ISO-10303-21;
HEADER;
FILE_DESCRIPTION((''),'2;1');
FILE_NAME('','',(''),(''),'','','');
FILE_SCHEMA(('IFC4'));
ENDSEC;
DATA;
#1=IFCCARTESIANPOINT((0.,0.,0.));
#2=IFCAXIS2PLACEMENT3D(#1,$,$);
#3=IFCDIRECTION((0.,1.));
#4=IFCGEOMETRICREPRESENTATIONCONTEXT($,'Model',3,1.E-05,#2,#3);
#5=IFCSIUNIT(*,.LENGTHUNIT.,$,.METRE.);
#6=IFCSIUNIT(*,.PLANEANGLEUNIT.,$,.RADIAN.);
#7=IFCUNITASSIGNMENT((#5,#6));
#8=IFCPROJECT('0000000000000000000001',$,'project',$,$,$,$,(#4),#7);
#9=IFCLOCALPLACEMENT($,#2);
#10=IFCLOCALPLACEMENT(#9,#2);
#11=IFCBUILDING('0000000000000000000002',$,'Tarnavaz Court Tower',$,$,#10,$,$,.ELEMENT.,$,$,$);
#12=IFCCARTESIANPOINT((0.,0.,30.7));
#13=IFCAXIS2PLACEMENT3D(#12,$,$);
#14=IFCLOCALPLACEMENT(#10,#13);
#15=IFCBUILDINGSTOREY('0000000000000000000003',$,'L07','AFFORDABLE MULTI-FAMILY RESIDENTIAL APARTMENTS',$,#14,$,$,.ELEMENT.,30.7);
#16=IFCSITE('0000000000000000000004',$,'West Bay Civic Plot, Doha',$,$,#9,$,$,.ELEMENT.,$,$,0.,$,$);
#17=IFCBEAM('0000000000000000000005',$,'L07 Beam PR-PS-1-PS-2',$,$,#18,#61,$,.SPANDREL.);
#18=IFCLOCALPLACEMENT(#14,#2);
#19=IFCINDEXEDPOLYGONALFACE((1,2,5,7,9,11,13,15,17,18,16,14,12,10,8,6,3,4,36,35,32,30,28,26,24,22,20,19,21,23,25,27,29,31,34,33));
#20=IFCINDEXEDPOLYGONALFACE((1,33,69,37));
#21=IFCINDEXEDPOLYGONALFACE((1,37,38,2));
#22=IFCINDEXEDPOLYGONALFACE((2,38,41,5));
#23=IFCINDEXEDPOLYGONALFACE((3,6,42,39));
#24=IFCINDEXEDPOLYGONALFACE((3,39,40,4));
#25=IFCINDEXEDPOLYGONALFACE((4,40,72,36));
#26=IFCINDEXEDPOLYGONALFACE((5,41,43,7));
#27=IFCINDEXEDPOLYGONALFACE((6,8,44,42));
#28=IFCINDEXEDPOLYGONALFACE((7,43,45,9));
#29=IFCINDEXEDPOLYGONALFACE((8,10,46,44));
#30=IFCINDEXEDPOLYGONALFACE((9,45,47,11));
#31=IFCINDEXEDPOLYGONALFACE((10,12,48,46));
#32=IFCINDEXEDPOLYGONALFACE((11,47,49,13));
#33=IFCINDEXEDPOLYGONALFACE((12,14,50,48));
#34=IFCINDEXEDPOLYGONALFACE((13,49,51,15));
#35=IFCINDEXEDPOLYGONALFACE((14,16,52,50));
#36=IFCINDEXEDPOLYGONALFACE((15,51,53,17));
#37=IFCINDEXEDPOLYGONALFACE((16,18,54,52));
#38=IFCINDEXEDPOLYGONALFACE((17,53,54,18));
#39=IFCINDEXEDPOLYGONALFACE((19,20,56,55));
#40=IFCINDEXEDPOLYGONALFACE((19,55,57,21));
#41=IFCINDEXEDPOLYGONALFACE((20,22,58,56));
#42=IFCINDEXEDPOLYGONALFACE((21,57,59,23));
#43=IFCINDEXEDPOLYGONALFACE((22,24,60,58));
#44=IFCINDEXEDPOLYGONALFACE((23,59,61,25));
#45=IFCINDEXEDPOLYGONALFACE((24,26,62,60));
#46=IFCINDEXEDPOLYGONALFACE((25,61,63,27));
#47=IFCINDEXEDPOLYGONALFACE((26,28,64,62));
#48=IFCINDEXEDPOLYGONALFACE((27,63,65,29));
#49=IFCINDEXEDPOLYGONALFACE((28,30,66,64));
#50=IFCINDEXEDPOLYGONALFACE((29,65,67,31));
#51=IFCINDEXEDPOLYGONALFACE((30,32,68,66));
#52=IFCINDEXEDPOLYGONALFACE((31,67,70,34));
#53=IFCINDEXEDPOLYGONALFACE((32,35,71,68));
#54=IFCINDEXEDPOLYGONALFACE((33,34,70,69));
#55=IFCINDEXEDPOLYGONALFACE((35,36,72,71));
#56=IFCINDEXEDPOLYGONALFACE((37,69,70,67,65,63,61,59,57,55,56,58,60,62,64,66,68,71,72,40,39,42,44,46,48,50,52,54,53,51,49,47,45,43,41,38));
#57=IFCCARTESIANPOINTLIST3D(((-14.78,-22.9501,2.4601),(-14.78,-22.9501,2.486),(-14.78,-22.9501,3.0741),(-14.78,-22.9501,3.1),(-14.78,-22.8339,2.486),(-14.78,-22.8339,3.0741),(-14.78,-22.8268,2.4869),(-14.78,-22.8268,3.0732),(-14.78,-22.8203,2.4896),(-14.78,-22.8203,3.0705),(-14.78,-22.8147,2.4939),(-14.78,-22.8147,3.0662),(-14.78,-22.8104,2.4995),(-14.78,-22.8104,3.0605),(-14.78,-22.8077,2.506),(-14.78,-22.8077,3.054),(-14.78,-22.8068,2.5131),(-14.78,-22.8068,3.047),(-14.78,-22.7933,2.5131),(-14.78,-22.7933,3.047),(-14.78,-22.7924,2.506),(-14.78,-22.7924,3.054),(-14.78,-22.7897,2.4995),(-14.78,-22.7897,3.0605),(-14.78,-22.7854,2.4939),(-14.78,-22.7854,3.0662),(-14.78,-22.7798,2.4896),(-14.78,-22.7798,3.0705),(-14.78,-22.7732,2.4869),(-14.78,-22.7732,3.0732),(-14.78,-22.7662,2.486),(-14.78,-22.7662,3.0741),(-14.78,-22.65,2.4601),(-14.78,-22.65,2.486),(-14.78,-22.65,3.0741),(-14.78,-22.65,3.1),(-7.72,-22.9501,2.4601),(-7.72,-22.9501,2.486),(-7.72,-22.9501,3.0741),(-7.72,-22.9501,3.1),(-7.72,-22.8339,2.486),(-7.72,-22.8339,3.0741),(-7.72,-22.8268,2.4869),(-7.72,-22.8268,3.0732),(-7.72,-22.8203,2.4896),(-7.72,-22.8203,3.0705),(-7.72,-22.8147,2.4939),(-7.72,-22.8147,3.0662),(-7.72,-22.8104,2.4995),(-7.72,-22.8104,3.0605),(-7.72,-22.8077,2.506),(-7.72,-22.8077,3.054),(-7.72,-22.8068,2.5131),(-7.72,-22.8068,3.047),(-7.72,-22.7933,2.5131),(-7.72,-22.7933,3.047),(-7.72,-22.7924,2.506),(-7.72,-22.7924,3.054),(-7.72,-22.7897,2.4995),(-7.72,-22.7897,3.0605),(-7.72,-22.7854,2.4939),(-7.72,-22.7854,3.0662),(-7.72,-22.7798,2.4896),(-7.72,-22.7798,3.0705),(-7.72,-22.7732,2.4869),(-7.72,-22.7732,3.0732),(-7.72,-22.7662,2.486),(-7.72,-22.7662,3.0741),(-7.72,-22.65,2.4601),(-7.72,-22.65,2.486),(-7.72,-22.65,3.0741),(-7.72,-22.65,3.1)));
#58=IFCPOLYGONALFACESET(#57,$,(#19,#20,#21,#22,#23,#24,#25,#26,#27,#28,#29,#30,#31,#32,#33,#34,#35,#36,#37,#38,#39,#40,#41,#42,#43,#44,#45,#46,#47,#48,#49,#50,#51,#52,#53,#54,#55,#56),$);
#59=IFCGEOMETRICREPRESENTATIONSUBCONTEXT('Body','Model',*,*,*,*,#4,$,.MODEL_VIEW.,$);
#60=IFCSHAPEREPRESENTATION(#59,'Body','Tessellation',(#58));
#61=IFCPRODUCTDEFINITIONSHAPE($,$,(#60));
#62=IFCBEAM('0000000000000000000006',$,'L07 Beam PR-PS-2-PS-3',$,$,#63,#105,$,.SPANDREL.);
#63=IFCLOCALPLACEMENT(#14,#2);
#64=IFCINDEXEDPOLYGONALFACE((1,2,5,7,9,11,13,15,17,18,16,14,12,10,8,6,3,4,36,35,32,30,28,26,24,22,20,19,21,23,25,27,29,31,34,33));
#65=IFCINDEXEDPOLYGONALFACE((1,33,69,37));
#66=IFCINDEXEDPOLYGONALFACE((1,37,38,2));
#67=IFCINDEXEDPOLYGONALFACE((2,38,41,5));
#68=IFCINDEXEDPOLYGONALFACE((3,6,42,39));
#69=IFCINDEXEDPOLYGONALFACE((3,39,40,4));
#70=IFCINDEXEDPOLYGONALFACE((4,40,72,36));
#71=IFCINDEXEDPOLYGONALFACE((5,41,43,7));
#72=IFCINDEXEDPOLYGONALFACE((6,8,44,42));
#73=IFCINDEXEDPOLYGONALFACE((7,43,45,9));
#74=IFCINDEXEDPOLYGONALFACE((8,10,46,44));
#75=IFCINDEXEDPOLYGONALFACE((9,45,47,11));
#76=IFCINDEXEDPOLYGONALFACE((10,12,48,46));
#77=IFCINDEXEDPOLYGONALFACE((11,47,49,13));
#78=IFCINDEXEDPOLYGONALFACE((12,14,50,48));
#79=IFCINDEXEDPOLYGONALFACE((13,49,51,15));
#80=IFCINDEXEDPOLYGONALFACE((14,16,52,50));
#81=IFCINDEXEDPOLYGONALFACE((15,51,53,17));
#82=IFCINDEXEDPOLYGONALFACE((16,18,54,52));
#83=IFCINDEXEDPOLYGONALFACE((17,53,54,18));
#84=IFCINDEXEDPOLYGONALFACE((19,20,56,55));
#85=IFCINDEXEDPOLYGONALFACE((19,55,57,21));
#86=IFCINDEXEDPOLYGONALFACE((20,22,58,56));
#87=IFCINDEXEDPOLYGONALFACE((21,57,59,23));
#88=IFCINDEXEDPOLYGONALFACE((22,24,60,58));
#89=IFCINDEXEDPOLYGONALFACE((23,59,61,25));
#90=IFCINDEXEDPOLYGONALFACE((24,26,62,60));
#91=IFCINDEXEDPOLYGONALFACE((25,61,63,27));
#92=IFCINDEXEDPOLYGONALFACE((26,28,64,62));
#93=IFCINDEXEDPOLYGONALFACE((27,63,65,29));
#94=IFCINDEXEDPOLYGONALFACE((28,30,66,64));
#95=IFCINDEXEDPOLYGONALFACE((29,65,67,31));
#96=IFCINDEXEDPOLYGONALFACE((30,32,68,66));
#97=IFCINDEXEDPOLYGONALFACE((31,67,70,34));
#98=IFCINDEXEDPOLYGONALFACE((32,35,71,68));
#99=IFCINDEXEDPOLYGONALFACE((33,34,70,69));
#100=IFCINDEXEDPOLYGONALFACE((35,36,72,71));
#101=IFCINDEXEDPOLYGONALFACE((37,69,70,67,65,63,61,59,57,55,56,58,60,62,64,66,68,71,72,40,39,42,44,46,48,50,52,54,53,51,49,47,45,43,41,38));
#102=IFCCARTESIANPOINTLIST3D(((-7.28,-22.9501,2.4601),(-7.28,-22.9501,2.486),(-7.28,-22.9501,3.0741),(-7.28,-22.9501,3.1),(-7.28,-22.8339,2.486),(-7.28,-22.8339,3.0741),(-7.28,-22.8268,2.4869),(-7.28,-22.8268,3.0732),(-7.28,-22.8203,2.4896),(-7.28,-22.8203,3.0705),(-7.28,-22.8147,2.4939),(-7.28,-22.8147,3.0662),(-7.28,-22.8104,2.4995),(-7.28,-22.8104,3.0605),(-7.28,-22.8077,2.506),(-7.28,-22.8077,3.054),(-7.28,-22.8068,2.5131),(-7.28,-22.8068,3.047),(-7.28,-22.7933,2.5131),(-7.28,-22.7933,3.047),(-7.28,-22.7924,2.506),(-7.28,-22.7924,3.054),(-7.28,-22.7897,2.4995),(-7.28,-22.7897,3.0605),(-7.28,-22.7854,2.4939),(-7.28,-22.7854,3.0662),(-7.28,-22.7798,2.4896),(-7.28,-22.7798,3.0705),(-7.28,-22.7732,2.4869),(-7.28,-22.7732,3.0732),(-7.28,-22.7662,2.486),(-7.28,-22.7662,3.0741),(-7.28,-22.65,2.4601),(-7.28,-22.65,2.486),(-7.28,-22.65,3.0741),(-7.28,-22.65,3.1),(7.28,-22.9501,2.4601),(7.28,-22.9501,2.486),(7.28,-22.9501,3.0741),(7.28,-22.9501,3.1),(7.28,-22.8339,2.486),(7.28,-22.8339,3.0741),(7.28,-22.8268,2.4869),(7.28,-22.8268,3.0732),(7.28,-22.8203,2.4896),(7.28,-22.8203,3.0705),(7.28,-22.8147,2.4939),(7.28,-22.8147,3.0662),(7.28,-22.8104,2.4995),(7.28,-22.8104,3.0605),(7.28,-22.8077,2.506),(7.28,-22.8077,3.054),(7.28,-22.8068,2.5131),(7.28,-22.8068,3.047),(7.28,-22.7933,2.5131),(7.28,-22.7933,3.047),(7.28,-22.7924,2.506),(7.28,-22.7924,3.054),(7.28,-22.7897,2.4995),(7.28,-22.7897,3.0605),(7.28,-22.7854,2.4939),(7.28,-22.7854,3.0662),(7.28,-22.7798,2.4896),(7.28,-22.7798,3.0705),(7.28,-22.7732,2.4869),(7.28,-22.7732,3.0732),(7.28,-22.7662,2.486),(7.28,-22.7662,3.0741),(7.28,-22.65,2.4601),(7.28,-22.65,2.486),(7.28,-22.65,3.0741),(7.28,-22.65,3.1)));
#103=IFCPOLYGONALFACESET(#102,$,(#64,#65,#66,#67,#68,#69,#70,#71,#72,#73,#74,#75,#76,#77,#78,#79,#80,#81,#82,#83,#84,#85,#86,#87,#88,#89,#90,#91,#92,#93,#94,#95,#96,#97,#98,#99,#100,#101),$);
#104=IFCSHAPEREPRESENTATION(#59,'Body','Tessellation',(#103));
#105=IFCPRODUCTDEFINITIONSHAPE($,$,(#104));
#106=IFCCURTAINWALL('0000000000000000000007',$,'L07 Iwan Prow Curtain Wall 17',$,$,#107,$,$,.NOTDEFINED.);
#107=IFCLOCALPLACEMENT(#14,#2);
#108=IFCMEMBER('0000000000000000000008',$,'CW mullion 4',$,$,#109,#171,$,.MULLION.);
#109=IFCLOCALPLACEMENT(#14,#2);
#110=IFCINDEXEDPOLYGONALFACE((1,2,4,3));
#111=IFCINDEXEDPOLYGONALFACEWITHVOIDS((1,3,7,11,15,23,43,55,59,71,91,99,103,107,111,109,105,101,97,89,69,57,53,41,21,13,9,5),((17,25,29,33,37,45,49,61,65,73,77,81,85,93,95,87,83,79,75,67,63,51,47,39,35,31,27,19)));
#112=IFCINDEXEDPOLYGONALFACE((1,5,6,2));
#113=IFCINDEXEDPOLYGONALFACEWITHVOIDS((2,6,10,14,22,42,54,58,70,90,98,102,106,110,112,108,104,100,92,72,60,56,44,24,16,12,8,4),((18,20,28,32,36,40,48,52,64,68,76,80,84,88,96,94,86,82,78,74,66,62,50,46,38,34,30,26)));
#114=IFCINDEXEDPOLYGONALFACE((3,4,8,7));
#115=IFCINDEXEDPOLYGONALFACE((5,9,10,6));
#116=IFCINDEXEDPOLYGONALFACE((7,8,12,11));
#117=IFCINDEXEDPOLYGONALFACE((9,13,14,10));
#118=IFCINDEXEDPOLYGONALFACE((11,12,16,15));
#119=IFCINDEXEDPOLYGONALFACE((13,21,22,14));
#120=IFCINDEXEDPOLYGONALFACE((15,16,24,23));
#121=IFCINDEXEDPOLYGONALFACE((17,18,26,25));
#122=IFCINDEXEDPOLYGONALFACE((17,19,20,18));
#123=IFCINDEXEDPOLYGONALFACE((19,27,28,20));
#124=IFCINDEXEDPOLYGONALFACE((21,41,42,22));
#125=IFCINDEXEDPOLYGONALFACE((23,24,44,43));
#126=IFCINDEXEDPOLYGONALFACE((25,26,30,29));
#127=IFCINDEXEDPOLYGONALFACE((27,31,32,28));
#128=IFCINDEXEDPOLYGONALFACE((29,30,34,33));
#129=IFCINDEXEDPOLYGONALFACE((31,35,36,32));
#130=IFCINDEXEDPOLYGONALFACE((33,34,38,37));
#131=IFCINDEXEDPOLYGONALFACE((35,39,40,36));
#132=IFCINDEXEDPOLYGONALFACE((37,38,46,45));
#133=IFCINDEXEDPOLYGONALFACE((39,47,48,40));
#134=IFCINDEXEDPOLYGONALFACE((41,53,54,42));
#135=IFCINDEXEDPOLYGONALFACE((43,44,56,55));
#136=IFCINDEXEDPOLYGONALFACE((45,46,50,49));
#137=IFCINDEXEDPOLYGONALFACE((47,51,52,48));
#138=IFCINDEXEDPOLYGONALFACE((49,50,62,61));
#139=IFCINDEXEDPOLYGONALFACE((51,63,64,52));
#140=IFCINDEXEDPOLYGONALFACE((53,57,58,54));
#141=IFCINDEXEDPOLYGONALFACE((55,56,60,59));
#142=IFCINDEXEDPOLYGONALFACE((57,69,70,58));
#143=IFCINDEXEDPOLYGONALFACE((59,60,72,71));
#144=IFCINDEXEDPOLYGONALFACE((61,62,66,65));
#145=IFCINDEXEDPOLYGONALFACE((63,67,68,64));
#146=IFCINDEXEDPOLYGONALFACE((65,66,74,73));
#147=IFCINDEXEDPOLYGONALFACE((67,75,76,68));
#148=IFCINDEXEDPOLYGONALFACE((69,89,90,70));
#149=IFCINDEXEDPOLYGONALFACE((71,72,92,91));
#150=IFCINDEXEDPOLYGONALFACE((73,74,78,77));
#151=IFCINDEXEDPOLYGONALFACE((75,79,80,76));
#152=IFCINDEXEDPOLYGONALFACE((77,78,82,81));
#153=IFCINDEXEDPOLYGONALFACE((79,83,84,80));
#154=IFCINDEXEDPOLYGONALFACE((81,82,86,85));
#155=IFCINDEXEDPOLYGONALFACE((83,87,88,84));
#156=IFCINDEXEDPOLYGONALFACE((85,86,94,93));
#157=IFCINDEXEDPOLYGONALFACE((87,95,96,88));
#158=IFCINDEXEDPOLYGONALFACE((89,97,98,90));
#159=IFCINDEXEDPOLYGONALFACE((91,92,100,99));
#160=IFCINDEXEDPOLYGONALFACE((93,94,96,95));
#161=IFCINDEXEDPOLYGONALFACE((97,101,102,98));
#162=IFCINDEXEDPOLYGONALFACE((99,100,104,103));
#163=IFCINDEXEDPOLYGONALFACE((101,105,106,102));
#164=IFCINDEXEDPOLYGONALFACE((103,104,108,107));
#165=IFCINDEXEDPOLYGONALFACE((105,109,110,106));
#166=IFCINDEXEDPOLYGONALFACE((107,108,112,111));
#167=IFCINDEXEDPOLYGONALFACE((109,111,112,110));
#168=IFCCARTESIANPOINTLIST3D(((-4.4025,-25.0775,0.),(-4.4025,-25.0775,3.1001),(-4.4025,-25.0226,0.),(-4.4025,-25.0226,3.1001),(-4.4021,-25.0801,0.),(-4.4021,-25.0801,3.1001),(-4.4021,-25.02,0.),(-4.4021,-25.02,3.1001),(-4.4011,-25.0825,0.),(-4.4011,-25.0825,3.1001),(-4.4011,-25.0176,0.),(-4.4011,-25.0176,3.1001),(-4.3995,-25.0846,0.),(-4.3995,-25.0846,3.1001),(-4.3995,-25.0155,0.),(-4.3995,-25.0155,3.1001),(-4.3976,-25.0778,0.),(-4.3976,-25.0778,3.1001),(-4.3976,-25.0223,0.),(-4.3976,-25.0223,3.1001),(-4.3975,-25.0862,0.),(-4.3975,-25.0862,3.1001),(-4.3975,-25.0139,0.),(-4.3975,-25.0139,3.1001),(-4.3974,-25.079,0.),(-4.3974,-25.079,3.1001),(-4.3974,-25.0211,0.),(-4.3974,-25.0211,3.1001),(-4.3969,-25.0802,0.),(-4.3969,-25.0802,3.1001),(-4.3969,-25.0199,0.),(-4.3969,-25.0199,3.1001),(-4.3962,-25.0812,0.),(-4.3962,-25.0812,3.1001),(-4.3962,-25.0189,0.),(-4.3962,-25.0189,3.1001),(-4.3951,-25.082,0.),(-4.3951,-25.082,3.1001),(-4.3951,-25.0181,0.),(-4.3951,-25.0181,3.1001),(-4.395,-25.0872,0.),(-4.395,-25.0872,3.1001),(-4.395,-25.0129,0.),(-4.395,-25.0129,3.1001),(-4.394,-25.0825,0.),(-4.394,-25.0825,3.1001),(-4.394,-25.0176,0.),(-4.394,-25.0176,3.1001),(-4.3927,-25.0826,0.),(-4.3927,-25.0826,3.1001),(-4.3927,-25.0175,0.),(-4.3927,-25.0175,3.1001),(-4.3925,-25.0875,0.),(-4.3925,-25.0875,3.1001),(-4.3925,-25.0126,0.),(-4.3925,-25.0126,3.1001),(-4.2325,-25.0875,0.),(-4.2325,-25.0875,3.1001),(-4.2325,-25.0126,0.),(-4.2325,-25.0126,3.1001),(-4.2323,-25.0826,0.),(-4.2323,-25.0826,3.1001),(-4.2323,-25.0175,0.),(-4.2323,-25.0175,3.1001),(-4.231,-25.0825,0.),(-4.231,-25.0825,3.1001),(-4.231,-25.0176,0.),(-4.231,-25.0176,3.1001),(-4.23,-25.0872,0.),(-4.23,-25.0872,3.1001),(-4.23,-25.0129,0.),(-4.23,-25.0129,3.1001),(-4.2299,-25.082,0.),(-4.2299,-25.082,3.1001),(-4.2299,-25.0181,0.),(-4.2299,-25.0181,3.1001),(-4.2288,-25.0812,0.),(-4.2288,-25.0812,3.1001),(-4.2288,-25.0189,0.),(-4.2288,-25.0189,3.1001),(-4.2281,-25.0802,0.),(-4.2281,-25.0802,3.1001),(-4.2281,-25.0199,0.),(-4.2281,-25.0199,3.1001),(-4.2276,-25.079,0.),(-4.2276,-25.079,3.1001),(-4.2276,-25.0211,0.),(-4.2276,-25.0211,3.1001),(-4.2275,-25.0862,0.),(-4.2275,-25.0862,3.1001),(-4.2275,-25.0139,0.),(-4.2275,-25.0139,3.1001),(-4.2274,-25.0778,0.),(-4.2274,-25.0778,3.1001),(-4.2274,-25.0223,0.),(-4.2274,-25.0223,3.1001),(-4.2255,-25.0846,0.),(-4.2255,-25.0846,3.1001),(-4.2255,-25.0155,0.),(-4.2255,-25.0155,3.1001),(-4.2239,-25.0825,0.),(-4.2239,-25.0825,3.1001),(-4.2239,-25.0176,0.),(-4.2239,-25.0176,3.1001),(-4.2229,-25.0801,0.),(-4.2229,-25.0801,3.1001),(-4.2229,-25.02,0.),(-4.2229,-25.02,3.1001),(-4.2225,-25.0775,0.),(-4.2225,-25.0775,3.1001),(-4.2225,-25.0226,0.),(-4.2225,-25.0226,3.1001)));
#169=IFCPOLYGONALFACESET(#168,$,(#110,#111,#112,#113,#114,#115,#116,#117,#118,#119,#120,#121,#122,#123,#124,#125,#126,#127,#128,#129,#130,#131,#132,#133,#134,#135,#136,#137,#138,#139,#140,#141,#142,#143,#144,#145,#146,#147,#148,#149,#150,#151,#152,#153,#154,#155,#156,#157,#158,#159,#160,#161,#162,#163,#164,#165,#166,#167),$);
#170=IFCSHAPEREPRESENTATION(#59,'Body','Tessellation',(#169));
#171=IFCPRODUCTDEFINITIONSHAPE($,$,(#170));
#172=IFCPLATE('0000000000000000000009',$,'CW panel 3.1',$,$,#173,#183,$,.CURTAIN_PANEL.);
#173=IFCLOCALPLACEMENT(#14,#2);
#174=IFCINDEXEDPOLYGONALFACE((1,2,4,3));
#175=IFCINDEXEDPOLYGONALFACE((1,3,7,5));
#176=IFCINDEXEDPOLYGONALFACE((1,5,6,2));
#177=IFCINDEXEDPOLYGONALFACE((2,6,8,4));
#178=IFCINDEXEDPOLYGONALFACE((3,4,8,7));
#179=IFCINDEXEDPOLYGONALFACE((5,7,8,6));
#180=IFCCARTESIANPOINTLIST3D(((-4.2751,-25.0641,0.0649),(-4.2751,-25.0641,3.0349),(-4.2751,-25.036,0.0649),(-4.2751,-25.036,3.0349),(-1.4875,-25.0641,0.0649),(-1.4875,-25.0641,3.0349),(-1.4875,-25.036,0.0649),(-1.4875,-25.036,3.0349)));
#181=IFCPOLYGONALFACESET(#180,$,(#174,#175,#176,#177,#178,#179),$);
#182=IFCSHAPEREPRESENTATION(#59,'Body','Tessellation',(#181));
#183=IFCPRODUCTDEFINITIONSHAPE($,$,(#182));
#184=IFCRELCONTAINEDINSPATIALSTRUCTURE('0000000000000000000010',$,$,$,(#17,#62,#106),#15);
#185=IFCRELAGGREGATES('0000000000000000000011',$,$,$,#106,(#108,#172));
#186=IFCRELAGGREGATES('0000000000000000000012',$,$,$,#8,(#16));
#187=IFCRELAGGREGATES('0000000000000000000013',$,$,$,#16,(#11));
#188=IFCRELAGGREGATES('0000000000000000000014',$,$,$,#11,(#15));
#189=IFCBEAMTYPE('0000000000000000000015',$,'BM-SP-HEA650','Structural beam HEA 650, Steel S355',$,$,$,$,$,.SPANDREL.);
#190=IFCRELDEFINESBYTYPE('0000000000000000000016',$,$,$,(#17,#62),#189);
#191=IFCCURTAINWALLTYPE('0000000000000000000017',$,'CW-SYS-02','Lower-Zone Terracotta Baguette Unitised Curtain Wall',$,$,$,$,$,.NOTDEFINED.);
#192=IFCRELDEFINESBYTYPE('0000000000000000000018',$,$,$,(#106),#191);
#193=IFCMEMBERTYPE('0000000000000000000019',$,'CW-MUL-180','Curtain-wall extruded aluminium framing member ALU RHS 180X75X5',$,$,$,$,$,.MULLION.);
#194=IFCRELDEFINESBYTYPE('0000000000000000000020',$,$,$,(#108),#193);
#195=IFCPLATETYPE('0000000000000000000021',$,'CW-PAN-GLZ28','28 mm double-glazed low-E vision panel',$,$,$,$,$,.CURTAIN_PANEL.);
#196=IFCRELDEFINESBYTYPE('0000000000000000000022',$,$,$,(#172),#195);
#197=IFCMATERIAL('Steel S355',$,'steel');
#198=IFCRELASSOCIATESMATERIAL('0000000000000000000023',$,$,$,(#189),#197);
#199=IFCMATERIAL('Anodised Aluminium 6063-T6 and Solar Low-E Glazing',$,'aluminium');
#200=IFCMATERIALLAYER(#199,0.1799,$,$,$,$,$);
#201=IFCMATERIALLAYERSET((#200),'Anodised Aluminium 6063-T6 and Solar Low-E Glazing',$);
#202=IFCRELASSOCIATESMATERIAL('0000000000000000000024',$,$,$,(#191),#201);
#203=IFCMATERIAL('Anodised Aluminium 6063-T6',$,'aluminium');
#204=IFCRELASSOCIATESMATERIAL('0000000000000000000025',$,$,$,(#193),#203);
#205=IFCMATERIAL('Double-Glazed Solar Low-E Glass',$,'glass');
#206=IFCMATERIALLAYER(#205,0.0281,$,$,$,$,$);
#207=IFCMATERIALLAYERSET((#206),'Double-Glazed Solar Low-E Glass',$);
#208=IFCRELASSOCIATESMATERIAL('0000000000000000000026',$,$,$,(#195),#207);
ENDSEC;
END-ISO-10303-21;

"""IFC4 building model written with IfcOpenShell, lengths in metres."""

from ifc_helpers import new_model, si_unit, direction, frame, origin, origin_2d, place, context, subcontext, project, spatial, rectangle, hollow_rectangle, i_section, extrude, material, layer, layer_set, material_profile, profile_set, type_object, element, aggregate, save


model = new_model("IFC4")

# Units and contexts
model_context = context("Model", 3, precision=1e-05, world=origin(), true_north=direction((0.0, 1.0)))
body_context = subcontext(model_context, "Body", "Model", "MODEL_VIEW")
ifc_project = project(units=[si_unit("LENGTHUNIT", "METRE"), si_unit("PLANEANGLEUNIT", "RADIAN")], contexts=[model_context])

# Site, building, storey
site_placement = place(None, origin())
site = spatial("IfcSite", under=ifc_project, at=site_placement, Name="West Bay Civic Plot, Doha", CompositionType="ELEMENT", RefElevation=0.0)
building_placement = place(site_placement, origin())
building = spatial("IfcBuilding", under=site, at=building_placement, Name="Tarnavaz Court Tower", CompositionType="ELEMENT")
storey_placement = place(building_placement, frame((0.0, 0.0, 30.7)))
storey = spatial("IfcBuildingStorey", under=building, at=storey_placement, Name="L07", Description="AFFORDABLE MULTI-FAMILY RESIDENTIAL APARTMENTS", CompositionType="ELEMENT", Elevation=30.7)

# Beams
ifc_material_1 = material(Name="Steel S355", Category="steel")
ifc_material_profile_1 = material_profile(ifc_material_1, i_section(OverallWidth=0.3, OverallDepth=0.6399, WebThickness=0.0134, FlangeThickness=0.0259, FilletRadius=0.0271, at=origin_2d()), Name="HEA 650")
ifc_profile_set_1 = profile_set([ifc_material_profile_1], Name="Steel S355")
beam_type_1 = type_object("IfcBeamType", Name="BM-SP-HEA650", Description="Structural beam HEA 650, Steel S355", PredefinedType="SPANDREL", material=ifc_profile_set_1)
beam_1_placement = place(storey_placement, frame((-14.78, -22.8, 2.78), z_axis=(1.0, 0.0, 0.0), x_axis=(0.0, 1.0, 0.0)))
element("IfcBeam", 1, at=beam_1_placement, inside=storey, type_object=beam_type_1, Name="L07 Beam PR-PS-1-PS-2", PredefinedType="SPANDREL", context=body_context, shape_type="SweptSolid", body=[
    extrude(i_section(OverallWidth=0.3, OverallDepth=0.6399, WebThickness=0.0134, FlangeThickness=0.0259, FilletRadius=0.0271, at=origin_2d()), origin(), (0.0, 0.0, 1.0), 7.0601),
])
beam_2_placement = place(storey_placement, frame((-7.28, -22.8, 2.78), z_axis=(1.0, 0.0, 0.0), x_axis=(0.0, 1.0, 0.0)))
element("IfcBeam", 2, at=beam_2_placement, inside=storey, type_object=beam_type_1, Name="L07 Beam PR-PS-2-PS-3", PredefinedType="SPANDREL", context=body_context, shape_type="SweptSolid", body=[
    extrude(i_section(OverallWidth=0.3, OverallDepth=0.6399, WebThickness=0.0134, FlangeThickness=0.0259, FilletRadius=0.0271, at=origin_2d()), origin(), (0.0, 0.0, 1.0), 14.5601),
])

# Curtain wall, member, plate
ifc_material_2 = material(Name="Anodised Aluminium 6063-T6 and Solar Low-E Glazing", Category="aluminium")
ifc_layer_1 = layer(ifc_material_2, 0.1799)
ifc_layer_set_1 = layer_set([ifc_layer_1], Name="Anodised Aluminium 6063-T6 and Solar Low-E Glazing")
curtain_wall_type = type_object("IfcCurtainWallType", Name="CW-SYS-02", Description="Lower-Zone Terracotta Baguette Unitised Curtain Wall", PredefinedType="NOTDEFINED", material=ifc_layer_set_1)
curtain_wall_placement = place(storey_placement, origin())
curtain_wall = element("IfcCurtainWall", 3, at=curtain_wall_placement, inside=storey, type_object=curtain_wall_type, Name="L07 Iwan Prow Curtain Wall 17", PredefinedType="NOTDEFINED")
ifc_material_3 = material(Name="Anodised Aluminium 6063-T6", Category="aluminium")
ifc_material_profile_2 = material_profile(ifc_material_3, hollow_rectangle(XDim=0.075, YDim=0.1799, WallThickness=0.0049, InnerFilletRadius=0.0049, OuterFilletRadius=0.01, at=origin_2d()), Name="ALU RHS 180X75X5")
ifc_profile_set_2 = profile_set([ifc_material_profile_2], Name="Anodised Aluminium 6063-T6")
member_type = type_object("IfcMemberType", Name="CW-MUL-180", Description="Curtain-wall extruded aluminium framing member ALU RHS 180X75X5", PredefinedType="MULLION", material=ifc_profile_set_2)
member_placement = place(storey_placement, frame((-4.3125, -25.05, 0.0), z_axis=(0.0, 0.0, 1.0), x_axis=(0.0, -1.0, 0.0)))
member = element("IfcMember", 4, at=member_placement, type_object=member_type, Name="CW mullion 4", PredefinedType="MULLION", context=body_context, shape_type="SweptSolid", body=[
    extrude(hollow_rectangle(XDim=0.075, YDim=0.1799, WallThickness=0.0049, InnerFilletRadius=0.0049, OuterFilletRadius=0.01, at=origin_2d()), origin(), (0.0, 0.0, 1.0), 3.1001),
])
ifc_material_4 = material(Name="Double-Glazed Solar Low-E Glass", Category="glass")
ifc_layer_2 = layer(ifc_material_4, 0.0281)
ifc_layer_set_2 = layer_set([ifc_layer_2], Name="Double-Glazed Solar Low-E Glass")
plate_type = type_object("IfcPlateType", Name="CW-PAN-GLZ28", Description="28 mm double-glazed low-E vision panel", PredefinedType="CURTAIN_PANEL", material=ifc_layer_set_2)
plate_placement = place(storey_placement, frame((-2.8813, -25.05, 0.0649), z_axis=(0.0, 0.0, 1.0), x_axis=(-1.0, 0.0, 0.0)))
plate = element("IfcPlate", 5, at=plate_placement, type_object=plate_type, Name="CW panel 3.1", PredefinedType="CURTAIN_PANEL", context=body_context, shape_type="SweptSolid", body=[
    extrude(rectangle(XDim=2.7876, YDim=0.0281, at=origin_2d()), origin(), (0.0, 0.0, 1.0), 2.97),
])
aggregate(curtain_wall, [member, plate])

save(model, "model.ifc")
